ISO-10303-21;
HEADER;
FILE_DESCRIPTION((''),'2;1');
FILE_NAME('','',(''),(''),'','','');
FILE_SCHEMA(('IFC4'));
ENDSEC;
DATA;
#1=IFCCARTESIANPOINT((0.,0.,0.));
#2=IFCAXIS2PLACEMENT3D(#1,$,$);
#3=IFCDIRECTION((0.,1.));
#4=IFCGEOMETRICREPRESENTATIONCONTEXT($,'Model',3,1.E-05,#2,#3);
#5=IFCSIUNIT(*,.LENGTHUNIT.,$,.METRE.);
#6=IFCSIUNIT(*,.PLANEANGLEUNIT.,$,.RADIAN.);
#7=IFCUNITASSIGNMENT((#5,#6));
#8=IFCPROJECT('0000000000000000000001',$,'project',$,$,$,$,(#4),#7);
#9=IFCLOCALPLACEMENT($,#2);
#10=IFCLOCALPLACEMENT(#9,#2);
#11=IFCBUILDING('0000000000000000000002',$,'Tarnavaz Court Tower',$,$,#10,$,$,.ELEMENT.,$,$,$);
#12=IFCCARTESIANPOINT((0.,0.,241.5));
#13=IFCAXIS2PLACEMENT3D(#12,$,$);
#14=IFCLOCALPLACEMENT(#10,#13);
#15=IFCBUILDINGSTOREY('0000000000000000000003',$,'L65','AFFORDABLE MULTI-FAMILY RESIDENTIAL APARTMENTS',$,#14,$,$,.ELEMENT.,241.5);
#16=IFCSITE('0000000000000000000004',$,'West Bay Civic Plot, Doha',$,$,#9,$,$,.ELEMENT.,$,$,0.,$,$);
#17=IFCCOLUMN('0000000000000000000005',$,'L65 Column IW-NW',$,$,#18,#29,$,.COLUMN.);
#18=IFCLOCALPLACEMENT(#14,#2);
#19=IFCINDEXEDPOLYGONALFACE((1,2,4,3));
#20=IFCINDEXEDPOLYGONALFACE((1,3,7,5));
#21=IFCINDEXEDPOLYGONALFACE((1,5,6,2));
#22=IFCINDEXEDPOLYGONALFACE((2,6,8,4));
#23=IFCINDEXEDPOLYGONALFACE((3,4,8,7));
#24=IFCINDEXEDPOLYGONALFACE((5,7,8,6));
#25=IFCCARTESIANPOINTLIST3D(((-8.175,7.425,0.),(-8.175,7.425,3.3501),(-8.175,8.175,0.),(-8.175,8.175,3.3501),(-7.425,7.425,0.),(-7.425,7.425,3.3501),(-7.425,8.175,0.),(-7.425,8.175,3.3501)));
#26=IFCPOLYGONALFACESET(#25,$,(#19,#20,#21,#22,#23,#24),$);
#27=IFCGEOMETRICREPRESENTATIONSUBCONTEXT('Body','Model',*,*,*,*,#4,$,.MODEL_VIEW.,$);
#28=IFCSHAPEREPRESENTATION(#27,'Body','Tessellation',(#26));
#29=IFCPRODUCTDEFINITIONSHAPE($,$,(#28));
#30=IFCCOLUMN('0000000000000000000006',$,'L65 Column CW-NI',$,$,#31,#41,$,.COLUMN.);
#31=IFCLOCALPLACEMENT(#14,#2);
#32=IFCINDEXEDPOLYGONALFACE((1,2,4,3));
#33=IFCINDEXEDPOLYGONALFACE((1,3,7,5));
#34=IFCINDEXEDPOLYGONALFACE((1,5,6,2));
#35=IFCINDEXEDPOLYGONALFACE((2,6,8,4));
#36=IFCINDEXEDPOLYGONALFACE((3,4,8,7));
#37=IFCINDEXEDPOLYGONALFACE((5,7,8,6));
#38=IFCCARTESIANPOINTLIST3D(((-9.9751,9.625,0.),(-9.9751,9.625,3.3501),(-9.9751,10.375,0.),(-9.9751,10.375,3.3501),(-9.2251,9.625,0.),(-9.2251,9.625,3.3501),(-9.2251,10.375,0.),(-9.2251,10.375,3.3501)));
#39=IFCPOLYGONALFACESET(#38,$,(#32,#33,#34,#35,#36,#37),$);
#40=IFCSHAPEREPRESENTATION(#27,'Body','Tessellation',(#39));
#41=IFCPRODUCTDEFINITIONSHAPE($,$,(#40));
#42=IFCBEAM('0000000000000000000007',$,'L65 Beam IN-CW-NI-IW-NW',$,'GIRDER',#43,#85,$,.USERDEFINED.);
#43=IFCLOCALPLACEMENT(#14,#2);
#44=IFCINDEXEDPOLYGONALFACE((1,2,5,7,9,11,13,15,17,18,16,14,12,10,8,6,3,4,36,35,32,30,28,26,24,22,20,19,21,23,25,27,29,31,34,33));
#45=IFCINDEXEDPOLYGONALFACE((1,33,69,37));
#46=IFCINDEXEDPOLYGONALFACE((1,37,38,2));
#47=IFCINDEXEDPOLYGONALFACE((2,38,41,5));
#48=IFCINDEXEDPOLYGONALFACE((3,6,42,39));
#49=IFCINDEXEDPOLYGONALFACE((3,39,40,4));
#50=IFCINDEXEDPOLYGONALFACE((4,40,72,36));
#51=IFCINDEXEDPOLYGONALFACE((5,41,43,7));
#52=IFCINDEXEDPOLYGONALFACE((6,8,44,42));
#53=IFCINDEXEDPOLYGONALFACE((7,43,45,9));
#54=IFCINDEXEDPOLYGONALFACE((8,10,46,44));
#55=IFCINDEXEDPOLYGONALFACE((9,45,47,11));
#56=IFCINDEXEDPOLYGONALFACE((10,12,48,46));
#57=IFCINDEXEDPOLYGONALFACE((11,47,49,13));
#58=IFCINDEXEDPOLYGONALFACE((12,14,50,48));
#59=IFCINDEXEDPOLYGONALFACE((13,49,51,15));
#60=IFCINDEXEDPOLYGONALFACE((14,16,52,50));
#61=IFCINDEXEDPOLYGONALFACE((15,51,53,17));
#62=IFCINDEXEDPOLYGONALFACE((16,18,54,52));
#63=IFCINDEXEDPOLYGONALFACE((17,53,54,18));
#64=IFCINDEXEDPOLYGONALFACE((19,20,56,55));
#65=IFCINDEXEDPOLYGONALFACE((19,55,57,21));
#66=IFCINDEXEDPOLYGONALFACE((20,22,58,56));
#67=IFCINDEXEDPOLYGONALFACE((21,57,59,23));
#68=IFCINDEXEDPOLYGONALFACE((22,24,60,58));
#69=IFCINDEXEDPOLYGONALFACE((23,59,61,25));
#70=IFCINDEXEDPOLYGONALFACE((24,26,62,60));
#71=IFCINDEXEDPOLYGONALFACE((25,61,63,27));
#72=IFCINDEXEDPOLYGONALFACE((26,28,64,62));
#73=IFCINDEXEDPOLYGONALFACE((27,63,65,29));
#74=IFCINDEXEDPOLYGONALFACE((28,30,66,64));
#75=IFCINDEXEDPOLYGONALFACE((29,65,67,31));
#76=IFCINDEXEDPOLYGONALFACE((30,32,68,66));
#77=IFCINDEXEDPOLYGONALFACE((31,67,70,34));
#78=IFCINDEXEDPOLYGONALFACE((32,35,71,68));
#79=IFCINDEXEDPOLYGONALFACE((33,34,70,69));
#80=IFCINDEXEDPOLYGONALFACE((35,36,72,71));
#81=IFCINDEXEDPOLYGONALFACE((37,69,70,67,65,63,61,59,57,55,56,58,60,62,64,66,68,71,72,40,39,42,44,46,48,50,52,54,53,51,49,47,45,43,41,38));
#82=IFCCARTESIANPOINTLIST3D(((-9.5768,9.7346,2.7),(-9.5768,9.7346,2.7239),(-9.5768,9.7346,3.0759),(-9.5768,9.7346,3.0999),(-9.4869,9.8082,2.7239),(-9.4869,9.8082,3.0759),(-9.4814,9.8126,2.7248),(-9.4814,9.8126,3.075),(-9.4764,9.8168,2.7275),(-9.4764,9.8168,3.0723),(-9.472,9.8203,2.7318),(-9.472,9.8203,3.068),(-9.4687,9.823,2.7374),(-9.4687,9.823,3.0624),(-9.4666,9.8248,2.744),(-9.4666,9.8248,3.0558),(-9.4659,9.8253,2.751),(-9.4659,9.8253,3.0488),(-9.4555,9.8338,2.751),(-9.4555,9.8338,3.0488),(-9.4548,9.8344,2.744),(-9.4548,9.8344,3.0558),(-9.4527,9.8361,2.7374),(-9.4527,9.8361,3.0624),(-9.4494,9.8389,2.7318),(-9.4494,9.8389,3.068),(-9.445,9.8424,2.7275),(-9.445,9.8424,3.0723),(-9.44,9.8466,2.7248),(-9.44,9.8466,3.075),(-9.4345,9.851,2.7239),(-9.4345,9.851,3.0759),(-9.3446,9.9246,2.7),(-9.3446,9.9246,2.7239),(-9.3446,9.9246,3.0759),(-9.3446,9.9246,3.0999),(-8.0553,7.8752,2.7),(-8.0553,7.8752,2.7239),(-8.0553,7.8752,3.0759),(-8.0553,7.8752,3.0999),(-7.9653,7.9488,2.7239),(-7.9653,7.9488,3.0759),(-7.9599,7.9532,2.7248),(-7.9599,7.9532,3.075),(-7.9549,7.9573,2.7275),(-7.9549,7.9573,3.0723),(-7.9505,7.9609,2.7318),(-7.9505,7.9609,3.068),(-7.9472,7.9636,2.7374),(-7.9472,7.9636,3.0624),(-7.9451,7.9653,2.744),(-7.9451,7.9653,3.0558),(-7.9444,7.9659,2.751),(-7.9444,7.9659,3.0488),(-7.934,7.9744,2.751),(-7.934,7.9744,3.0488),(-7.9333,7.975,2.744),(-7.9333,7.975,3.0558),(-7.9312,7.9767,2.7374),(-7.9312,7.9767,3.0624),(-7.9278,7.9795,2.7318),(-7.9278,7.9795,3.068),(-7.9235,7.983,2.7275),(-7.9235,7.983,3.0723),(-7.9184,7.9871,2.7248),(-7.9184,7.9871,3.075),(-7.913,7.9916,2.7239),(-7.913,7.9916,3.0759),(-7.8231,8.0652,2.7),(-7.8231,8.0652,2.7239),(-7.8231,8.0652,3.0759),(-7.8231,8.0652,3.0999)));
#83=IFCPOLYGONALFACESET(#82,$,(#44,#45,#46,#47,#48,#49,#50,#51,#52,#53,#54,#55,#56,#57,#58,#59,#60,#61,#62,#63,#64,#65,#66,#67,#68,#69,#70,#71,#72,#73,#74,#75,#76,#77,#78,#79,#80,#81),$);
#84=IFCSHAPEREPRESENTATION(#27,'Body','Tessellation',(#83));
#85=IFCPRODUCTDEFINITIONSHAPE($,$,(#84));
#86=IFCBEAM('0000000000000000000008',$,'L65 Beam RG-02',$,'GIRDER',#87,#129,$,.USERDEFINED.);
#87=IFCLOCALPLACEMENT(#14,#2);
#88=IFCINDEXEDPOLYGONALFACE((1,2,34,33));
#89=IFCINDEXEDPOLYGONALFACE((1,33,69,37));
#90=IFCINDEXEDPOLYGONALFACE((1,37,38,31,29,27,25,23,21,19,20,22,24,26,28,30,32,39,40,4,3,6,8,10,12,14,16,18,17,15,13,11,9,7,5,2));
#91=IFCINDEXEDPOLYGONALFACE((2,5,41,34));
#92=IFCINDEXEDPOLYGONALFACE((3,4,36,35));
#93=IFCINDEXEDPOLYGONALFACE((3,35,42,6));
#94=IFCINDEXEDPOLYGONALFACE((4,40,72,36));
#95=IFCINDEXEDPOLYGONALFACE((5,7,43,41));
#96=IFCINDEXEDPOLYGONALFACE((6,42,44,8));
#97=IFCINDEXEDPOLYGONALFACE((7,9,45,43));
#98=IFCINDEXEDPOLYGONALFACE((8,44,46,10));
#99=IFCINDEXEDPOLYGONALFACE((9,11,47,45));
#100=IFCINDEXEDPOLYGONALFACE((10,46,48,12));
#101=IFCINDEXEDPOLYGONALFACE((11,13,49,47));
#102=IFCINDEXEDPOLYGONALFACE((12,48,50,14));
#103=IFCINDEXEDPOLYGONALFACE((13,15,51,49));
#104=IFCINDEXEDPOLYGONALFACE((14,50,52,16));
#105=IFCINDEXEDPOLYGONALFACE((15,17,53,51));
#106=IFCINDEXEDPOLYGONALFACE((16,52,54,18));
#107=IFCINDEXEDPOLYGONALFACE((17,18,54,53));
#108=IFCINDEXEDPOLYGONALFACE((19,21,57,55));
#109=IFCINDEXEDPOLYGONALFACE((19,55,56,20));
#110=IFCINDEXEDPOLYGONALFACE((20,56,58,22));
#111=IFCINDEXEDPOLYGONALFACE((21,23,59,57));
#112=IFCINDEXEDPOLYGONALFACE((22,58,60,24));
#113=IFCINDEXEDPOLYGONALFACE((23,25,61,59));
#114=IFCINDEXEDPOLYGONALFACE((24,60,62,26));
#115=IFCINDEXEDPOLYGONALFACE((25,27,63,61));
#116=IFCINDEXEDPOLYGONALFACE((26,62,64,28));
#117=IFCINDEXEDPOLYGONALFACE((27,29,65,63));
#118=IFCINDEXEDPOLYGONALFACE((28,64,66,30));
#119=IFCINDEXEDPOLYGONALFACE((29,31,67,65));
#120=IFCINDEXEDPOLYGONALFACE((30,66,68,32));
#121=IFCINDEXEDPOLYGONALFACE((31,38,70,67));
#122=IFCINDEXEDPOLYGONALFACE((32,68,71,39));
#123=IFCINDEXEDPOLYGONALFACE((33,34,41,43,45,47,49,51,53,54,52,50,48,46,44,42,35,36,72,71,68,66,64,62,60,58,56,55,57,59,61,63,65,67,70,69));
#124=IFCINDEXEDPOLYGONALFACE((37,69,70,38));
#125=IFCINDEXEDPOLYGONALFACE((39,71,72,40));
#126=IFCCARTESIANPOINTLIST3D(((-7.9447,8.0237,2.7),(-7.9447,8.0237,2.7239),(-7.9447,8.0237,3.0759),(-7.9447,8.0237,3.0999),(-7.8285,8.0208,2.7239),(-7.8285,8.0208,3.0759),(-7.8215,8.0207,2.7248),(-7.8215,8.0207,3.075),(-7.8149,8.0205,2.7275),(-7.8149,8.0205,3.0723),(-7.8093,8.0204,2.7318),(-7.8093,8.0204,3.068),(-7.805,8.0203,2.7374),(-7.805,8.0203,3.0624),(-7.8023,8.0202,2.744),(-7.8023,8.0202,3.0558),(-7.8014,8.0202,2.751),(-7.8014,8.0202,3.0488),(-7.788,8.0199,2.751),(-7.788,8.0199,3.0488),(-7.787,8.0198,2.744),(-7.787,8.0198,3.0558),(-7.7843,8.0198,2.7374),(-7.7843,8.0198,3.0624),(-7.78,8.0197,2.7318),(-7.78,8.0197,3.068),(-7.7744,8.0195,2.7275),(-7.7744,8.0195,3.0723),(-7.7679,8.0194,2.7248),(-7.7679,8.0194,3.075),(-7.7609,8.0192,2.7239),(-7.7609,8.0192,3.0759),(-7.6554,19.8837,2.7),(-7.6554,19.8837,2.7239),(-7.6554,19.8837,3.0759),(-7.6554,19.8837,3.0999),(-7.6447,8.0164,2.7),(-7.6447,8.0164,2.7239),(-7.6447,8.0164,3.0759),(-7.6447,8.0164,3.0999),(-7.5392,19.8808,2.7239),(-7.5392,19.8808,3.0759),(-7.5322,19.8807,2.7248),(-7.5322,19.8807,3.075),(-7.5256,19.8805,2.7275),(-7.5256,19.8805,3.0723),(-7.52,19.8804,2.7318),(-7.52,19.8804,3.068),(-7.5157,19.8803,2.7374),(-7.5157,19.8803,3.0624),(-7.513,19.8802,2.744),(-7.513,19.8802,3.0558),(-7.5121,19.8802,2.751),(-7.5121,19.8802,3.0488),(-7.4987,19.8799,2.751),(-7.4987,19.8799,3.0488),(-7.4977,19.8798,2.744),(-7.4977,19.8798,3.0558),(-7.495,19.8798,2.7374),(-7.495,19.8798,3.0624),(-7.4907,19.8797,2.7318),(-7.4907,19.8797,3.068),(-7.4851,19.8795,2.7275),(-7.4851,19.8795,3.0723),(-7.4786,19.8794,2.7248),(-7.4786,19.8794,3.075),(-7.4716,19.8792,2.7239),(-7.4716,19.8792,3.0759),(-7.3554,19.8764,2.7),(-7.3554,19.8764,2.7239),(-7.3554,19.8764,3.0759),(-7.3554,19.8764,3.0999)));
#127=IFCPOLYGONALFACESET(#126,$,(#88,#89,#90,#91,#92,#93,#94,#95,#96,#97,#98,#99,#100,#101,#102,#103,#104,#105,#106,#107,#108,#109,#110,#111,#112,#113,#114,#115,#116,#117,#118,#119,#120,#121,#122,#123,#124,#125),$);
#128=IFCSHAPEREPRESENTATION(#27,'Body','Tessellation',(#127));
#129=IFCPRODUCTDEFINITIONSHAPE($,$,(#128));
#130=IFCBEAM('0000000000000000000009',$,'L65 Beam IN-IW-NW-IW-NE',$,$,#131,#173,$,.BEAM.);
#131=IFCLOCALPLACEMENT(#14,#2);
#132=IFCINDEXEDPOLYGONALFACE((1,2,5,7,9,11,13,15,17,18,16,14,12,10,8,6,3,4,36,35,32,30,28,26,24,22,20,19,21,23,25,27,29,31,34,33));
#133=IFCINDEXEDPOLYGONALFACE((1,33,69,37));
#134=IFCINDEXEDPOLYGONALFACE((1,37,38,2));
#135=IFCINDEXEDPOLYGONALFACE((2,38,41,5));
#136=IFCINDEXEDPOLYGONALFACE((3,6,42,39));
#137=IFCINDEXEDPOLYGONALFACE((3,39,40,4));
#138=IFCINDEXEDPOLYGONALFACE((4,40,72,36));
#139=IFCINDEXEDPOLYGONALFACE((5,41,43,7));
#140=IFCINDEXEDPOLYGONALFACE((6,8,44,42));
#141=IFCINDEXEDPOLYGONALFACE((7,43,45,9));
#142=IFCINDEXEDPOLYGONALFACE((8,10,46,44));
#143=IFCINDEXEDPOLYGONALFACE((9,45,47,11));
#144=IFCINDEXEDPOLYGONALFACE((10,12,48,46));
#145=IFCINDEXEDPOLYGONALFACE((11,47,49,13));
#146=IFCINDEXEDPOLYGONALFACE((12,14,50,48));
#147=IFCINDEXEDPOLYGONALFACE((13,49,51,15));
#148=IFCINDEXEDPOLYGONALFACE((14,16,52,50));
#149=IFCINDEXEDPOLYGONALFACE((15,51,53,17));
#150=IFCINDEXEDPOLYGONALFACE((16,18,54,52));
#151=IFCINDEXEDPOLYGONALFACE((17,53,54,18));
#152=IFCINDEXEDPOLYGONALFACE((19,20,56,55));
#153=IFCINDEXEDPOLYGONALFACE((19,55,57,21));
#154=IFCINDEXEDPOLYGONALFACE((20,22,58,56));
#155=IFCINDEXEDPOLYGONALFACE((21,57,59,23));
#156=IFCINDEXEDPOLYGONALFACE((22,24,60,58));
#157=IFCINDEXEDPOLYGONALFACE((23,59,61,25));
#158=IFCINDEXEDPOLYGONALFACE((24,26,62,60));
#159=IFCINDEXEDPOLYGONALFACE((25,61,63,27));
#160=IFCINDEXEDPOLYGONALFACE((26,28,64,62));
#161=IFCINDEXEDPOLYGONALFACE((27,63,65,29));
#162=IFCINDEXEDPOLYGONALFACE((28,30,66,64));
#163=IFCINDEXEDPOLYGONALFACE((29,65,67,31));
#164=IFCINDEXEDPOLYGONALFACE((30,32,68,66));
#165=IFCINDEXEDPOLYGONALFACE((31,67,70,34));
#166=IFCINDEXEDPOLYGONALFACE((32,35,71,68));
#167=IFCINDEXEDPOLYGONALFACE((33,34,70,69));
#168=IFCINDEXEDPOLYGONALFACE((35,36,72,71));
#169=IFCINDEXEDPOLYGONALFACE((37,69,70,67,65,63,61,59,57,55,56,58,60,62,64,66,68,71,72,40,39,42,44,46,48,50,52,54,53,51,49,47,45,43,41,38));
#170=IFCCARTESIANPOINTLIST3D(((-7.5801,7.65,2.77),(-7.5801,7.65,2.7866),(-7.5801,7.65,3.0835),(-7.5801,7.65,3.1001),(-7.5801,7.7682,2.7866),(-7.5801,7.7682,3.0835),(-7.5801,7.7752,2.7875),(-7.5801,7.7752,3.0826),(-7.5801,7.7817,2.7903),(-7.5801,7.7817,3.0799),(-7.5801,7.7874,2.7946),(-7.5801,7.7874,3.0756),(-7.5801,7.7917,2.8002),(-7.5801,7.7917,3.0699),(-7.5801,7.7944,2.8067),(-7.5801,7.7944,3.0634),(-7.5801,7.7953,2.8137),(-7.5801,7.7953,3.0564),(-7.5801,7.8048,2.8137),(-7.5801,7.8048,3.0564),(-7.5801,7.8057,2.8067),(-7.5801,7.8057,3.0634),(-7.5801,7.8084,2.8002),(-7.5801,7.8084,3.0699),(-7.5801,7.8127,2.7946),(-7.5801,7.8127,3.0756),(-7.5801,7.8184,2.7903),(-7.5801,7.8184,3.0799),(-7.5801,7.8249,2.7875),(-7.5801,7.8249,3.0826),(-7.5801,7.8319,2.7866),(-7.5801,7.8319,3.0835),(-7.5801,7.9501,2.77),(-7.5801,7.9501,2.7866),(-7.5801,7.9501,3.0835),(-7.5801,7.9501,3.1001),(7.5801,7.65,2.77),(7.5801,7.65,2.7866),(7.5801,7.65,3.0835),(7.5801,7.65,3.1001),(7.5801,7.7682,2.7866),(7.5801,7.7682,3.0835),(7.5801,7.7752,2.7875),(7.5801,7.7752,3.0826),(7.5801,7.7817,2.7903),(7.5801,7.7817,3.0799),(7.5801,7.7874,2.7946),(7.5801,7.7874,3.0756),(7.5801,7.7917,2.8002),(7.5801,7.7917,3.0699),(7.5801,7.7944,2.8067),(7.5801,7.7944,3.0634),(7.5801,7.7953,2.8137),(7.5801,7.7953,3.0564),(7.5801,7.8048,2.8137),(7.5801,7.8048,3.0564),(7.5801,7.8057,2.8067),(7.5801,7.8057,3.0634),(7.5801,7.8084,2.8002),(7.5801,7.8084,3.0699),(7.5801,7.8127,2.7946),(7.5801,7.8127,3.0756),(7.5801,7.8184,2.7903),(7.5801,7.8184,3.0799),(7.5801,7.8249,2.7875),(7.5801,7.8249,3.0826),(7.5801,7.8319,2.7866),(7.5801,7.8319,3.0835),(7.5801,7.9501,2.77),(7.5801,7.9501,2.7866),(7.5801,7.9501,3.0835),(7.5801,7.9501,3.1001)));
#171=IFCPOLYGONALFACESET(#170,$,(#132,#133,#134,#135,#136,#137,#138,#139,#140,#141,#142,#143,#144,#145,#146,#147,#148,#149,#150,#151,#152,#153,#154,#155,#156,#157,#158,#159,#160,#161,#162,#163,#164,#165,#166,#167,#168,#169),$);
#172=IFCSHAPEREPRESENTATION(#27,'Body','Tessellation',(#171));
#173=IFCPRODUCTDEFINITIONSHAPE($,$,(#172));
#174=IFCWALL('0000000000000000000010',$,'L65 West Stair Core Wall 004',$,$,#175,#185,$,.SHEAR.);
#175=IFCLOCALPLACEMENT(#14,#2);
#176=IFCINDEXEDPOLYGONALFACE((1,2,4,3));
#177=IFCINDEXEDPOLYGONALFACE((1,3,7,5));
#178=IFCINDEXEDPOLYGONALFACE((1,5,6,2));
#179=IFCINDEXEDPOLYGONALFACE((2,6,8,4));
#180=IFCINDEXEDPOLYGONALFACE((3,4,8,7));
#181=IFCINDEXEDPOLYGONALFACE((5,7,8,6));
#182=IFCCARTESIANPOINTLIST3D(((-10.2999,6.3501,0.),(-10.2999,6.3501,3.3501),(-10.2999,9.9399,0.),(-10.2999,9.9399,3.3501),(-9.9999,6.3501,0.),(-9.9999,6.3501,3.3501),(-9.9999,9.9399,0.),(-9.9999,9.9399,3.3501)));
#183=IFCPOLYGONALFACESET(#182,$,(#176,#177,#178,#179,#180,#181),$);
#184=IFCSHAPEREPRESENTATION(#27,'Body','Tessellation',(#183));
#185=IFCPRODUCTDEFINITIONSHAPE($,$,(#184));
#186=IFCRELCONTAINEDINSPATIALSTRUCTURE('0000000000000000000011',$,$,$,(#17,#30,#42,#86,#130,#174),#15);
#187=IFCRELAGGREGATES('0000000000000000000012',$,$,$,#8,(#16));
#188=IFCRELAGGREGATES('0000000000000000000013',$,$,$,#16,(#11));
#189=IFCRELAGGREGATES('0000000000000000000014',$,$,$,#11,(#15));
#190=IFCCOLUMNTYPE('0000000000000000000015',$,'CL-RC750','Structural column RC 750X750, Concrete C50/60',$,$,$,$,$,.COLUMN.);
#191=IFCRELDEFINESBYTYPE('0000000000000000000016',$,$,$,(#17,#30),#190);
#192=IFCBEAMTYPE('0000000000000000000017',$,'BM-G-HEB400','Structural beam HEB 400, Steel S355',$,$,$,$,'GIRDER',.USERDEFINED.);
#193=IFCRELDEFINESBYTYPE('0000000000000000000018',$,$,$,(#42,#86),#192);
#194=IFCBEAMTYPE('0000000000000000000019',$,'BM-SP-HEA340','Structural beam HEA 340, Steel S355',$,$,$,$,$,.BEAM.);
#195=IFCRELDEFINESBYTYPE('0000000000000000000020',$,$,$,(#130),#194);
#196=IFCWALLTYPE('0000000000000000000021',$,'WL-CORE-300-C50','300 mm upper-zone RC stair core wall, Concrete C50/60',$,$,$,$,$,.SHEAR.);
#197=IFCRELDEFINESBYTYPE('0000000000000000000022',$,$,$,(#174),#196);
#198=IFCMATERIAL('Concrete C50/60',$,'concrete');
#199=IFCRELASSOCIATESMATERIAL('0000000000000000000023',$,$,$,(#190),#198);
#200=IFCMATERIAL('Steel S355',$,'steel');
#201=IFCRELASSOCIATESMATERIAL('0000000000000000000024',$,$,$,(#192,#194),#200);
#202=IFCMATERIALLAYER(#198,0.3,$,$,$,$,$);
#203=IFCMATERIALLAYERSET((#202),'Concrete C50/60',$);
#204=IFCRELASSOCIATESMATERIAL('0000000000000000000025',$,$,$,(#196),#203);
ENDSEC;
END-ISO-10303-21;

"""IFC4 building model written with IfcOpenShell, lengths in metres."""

from ifc_helpers import new_model, si_unit, direction, frame, frame_2d, origin, origin_2d, place, context, subcontext, project, spatial, rectangle, i_section, extrude, material, layer, layer_set, material_profile, profile_set, type_object, element, save


model = new_model("IFC4")

# Units and contexts
model_context = context("Model", 3, precision=1e-05, world=origin(), true_north=direction((0.0, 1.0)))
body_context = subcontext(model_context, "Body", "Model", "MODEL_VIEW")
ifc_project = project(units=[si_unit("LENGTHUNIT", "METRE"), si_unit("PLANEANGLEUNIT", "RADIAN")], contexts=[model_context])

# Site, building, storey
site_placement = place(None, origin())
site = spatial("IfcSite", under=ifc_project, at=site_placement, Name="West Bay Civic Plot, Doha", CompositionType="ELEMENT", RefElevation=0.0)
building_placement = place(site_placement, origin())
building = spatial("IfcBuilding", under=site, at=building_placement, Name="Tarnavaz Court Tower", CompositionType="ELEMENT")
storey_placement = place(building_placement, frame((0.0, 0.0, 241.5)))
storey = spatial("IfcBuildingStorey", under=building, at=storey_placement, Name="L65", Description="AFFORDABLE MULTI-FAMILY RESIDENTIAL APARTMENTS", CompositionType="ELEMENT", Elevation=241.5)

# Columns
ifc_material_1 = material(Name="Concrete C50/60", Category="concrete")
ifc_material_profile_1 = material_profile(ifc_material_1, rectangle(XDim=0.75, YDim=0.75, at=origin_2d()), Name="RC 750X750")
ifc_profile_set_1 = profile_set([ifc_material_profile_1], Name="Concrete C50/60")
column_type = type_object("IfcColumnType", Name="CL-RC750", Description="Structural column RC 750X750, Concrete C50/60", PredefinedType="COLUMN", material=ifc_profile_set_1)
for number, where, z_axis, x_axis, name in (
    (1, (-7.8, 7.8, 0.0), (0.0, 0.0, 1.0), (1.0, 0.0, 0.0), "L65 Column IW-NW"),
    (2, (-9.6001, 10.0, 0.0), (0.0, 0.0, 1.0), (1.0, 0.0, 0.0), "L65 Column CW-NI"),
):
    element("IfcColumn", number, at=place(storey_placement, frame(where, z_axis=z_axis, x_axis=x_axis)), inside=storey, type_object=column_type, Name=name, PredefinedType="COLUMN", context=body_context, shape_type="SweptSolid", body=[
        extrude(rectangle(XDim=0.75, YDim=0.75, at=origin_2d()), origin(), (0.0, 0.0, 1.0), 3.3501),
    ])

# Beams
ifc_material_2 = material(Name="Steel S355", Category="steel")
ifc_material_profile_2 = material_profile(ifc_material_2, i_section(OverallWidth=0.3, OverallDepth=0.3999, WebThickness=0.0134, FlangeThickness=0.0239, FilletRadius=0.0271, at=origin_2d()), Name="HEB 400")
ifc_profile_set_2 = profile_set([ifc_material_profile_2], Name="Steel S355")
beam_type_1 = type_object("IfcBeamType", Name="BM-G-HEB400", Description="Structural beam HEB 400, Steel S355", ElementType="GIRDER", PredefinedType="USERDEFINED", material=ifc_profile_set_2)
beam_1_placement = place(storey_placement, frame((-9.4607, 9.8296, 2.8999), z_axis=(0.633282, -0.773921, 0.0), x_axis=(0.773921, 0.633282, 0.0)))
element("IfcBeam", 3, at=beam_1_placement, inside=storey, type_object=beam_type_1, Name="L65 Beam IN-CW-NI-IW-NW", ObjectType="GIRDER", PredefinedType="USERDEFINED", context=body_context, shape_type="SweptSolid", body=[
    extrude(i_section(OverallWidth=0.3, OverallDepth=0.3999, WebThickness=0.0134, FlangeThickness=0.0239, FilletRadius=0.0271, at=origin_2d()), origin(), (0.0, 0.0, 1.0), 2.4026),
])
beam_2_placement = place(storey_placement, frame((-7.7947, 8.02, 2.8999), z_axis=(0.024386, 0.999703, 0.0), x_axis=(-0.999703, 0.024386, 0.0)))
element("IfcBeam", 4, at=beam_2_placement, inside=storey, type_object=beam_type_1, Name="L65 Beam RG-02", ObjectType="GIRDER", PredefinedType="USERDEFINED", context=body_context, shape_type="SweptSolid", body=[
    extrude(i_section(OverallWidth=0.3, OverallDepth=0.3999, WebThickness=0.0134, FlangeThickness=0.0239, FilletRadius=0.0271, at=origin_2d()), origin(), (0.0, 0.0, 1.0), 11.8635),
])
ifc_material_profile_3 = material_profile(ifc_material_2, i_section(OverallWidth=0.3, OverallDepth=0.3301, WebThickness=0.0095, FlangeThickness=0.0166, FilletRadius=0.0271, at=origin_2d()), Name="HEA 340")
ifc_profile_set_3 = profile_set([ifc_material_profile_3], Name="Steel S355")
beam_type_2 = type_object("IfcBeamType", Name="BM-SP-HEA340", Description="Structural beam HEA 340, Steel S355", PredefinedType="BEAM", material=ifc_profile_set_3)
beam_3_placement = place(storey_placement, frame((-7.5801, 7.8, 2.9351), z_axis=(1.0, 0.0, 0.0), x_axis=(0.0, 1.0, 0.0)))
element("IfcBeam", 5, at=beam_3_placement, inside=storey, type_object=beam_type_2, Name="L65 Beam IN-IW-NW-IW-NE", PredefinedType="BEAM", context=body_context, shape_type="SweptSolid", body=[
    extrude(i_section(OverallWidth=0.3, OverallDepth=0.3301, WebThickness=0.0095, FlangeThickness=0.0166, FilletRadius=0.0271, at=origin_2d()), origin(), (0.0, 0.0, 1.0), 15.1602),
])

# Wall
ifc_layer_1 = layer(ifc_material_1, 0.3)
ifc_layer_set_1 = layer_set([ifc_layer_1], Name="Concrete C50/60")
wall_type_1 = type_object("IfcWallType", Name="WL-CORE-300-C50", Description="300 mm upper-zone RC stair core wall, Concrete C50/60", PredefinedType="SHEAR", material=ifc_layer_set_1)
wall_1_placement = place(storey_placement, frame((-10.1499, 6.3501, 0.0), z_axis=(0.0, 0.0, 1.0), x_axis=(0.0, 1.0, 0.0)))
element("IfcWall", 6, at=wall_1_placement, inside=storey, type_object=wall_type_1, Name="L65 West Stair Core Wall 004", PredefinedType="SHEAR", context=body_context, shape_type="SweptSolid", body=[
    extrude(rectangle(XDim=3.5898, YDim=0.3, at=frame_2d((1.7949, 0.0))), origin(), (0.0, 0.0, 1.0), 3.3501),
])

save(model, "model.ifc")
